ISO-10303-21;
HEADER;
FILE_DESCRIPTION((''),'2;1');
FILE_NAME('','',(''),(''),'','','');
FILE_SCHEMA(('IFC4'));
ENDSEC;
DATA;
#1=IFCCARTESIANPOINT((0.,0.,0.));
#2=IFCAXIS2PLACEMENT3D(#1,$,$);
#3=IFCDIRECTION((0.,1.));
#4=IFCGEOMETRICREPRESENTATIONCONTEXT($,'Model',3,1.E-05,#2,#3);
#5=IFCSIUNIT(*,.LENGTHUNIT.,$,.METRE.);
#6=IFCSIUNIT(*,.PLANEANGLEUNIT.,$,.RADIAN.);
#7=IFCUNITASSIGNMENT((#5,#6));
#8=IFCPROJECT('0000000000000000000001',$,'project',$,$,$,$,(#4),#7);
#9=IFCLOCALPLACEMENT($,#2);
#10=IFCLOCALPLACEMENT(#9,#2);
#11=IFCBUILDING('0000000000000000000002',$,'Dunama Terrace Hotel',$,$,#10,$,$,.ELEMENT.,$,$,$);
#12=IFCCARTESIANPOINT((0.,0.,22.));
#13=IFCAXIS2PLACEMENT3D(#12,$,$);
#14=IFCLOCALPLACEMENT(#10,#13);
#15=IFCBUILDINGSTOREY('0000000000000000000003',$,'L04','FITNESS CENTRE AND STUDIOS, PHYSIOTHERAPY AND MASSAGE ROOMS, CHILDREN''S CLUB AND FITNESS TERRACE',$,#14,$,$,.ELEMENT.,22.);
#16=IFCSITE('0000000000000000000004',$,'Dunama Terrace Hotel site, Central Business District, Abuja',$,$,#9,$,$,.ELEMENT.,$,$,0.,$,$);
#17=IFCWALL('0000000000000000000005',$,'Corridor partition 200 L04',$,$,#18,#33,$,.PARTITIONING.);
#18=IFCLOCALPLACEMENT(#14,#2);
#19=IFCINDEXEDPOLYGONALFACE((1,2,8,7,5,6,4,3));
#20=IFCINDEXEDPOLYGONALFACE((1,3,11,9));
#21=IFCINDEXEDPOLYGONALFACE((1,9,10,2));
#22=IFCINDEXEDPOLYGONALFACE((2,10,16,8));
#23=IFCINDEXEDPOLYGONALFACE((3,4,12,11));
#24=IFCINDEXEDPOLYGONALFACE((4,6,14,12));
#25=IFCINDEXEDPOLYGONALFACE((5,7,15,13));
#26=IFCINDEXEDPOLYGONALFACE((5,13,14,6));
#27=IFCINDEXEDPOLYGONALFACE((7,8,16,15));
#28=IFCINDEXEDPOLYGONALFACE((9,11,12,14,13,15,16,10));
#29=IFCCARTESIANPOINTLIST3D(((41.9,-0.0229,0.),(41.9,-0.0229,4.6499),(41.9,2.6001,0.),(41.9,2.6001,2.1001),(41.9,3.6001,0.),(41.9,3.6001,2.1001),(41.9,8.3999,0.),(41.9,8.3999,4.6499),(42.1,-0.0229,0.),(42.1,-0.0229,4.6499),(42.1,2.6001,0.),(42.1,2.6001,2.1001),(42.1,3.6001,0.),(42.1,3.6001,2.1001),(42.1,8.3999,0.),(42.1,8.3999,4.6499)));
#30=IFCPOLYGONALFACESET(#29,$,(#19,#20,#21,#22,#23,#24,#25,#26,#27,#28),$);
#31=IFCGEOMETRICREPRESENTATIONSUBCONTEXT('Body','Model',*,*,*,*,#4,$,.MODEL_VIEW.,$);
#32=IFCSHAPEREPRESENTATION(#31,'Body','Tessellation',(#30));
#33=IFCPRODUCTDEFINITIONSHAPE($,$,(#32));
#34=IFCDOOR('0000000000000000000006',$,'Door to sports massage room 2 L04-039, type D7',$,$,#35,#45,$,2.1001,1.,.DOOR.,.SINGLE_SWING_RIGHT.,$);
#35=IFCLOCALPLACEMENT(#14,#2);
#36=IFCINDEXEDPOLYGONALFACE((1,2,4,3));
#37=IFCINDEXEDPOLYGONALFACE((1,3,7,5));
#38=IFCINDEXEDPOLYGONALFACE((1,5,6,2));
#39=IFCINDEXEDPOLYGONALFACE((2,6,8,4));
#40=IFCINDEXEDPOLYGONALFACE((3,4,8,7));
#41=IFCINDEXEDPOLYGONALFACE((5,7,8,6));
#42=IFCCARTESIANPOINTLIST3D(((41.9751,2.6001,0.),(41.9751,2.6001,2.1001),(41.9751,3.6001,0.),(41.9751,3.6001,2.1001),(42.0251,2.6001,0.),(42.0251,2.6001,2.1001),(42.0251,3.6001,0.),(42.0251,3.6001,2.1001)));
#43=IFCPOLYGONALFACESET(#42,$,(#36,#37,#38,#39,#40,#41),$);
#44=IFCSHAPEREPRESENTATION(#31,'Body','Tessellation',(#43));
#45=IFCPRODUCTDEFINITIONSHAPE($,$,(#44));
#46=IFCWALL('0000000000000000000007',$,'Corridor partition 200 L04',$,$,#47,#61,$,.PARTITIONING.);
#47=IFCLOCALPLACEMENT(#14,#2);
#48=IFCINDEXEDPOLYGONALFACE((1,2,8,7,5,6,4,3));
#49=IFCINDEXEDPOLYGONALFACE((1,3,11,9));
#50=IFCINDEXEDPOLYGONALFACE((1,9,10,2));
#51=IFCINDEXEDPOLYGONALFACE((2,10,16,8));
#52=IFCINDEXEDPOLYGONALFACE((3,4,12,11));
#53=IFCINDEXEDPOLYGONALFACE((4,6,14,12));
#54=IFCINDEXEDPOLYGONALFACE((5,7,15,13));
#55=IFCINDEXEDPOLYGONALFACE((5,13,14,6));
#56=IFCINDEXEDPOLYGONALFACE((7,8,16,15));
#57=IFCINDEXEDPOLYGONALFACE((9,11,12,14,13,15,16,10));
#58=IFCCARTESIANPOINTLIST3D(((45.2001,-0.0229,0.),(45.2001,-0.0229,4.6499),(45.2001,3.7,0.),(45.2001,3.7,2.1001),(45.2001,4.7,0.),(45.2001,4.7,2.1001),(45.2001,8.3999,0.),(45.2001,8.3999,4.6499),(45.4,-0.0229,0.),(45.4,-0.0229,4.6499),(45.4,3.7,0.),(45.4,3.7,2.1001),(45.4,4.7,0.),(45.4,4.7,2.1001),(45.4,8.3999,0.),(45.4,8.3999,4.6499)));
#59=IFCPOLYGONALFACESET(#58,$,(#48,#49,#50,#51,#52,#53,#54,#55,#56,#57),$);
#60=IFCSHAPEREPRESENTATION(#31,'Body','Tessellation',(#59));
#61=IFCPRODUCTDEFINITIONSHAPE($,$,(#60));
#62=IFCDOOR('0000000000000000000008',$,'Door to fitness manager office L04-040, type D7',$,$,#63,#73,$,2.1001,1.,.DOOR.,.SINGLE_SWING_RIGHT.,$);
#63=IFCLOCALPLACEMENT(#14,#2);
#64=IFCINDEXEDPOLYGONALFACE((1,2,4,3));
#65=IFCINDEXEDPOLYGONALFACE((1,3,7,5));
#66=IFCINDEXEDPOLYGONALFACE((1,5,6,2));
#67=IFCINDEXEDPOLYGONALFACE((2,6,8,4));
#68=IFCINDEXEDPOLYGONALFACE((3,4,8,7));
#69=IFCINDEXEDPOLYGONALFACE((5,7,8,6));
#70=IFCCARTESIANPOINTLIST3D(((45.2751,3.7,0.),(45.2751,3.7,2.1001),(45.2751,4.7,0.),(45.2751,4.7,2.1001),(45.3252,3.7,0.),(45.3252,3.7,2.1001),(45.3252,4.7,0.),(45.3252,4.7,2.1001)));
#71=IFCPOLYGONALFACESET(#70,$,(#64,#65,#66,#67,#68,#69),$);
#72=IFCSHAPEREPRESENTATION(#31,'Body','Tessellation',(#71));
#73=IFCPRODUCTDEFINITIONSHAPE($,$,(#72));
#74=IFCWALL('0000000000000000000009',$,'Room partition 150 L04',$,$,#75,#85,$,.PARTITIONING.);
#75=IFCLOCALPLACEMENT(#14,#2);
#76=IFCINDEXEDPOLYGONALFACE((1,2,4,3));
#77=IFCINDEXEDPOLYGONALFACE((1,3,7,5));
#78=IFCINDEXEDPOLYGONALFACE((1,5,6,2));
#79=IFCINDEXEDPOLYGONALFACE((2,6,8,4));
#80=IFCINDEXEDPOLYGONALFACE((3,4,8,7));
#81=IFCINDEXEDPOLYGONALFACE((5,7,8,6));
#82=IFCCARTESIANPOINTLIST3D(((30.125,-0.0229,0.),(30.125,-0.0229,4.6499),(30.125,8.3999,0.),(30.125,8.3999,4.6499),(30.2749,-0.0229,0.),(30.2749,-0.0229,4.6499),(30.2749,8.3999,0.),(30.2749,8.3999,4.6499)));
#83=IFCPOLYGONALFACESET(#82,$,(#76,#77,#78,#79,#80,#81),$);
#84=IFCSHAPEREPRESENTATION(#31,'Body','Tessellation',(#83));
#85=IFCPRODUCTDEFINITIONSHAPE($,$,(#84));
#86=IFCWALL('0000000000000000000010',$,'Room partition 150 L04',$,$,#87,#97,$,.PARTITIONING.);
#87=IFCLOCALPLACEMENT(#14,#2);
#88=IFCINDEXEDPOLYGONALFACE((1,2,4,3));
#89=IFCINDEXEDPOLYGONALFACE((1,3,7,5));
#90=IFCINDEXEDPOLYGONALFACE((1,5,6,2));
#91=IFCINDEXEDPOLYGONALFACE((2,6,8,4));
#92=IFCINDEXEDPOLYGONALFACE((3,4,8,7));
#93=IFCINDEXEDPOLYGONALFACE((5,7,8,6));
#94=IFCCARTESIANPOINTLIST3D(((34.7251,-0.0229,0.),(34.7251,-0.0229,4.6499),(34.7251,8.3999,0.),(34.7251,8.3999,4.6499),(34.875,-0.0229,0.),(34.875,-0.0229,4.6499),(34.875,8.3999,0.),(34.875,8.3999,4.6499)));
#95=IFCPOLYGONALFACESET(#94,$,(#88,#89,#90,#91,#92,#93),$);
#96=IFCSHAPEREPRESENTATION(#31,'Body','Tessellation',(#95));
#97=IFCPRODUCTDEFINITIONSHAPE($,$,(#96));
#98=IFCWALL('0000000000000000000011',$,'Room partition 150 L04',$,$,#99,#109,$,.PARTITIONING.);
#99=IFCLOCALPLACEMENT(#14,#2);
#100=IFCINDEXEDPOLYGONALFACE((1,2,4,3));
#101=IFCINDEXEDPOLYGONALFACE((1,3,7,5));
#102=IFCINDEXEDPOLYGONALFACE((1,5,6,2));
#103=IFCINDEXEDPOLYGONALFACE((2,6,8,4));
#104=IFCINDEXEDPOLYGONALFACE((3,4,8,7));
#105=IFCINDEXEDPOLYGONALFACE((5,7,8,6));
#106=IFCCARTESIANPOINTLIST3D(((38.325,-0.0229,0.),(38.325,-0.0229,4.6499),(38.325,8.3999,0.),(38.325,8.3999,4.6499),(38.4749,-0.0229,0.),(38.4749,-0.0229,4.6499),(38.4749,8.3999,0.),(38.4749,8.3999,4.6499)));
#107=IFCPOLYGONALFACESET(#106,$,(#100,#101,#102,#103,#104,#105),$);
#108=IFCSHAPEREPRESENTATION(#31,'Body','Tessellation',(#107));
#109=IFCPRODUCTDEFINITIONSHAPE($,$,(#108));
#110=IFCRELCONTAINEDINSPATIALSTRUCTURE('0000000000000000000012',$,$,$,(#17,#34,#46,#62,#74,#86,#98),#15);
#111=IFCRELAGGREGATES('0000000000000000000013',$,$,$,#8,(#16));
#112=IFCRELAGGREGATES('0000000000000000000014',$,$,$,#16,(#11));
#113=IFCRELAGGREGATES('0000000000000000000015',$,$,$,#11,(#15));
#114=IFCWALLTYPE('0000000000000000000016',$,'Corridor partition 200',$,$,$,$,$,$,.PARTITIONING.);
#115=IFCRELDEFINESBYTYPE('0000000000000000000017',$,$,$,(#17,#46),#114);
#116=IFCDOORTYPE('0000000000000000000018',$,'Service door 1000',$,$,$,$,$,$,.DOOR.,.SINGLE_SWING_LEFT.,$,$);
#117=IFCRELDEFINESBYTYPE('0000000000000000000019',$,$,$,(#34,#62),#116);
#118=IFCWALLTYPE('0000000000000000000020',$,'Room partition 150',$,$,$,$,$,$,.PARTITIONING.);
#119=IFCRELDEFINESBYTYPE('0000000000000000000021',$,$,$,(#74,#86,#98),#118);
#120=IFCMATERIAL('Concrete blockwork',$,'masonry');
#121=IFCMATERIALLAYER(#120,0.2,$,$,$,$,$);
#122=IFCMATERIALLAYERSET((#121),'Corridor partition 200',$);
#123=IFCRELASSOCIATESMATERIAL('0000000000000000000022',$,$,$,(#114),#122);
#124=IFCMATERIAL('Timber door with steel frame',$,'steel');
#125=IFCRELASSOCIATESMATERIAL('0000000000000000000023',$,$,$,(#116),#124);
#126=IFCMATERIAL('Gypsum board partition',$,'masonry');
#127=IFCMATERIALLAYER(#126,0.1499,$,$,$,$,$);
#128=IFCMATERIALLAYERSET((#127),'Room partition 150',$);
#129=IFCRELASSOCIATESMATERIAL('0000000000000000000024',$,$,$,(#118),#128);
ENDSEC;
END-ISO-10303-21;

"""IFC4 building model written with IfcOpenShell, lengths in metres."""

from ifc_helpers import new_model, si_unit, direction, frame, frame_2d, origin, place, context, subcontext, project, spatial, rectangle, extrude, material, layer, layer_set, type_object, element, fill, save


model = new_model("IFC4")

# Units and contexts
model_context = context("Model", 3, precision=1e-05, world=origin(), true_north=direction((0.0, 1.0)))
body_context = subcontext(model_context, "Body", "Model", "MODEL_VIEW")
ifc_project = project(units=[si_unit("LENGTHUNIT", "METRE"), si_unit("PLANEANGLEUNIT", "RADIAN")], contexts=[model_context])

# Site, building, storey
site_placement = place(None, origin())
site = spatial("IfcSite", under=ifc_project, at=site_placement, Name="Dunama Terrace Hotel site, Central Business District, Abuja", CompositionType="ELEMENT", RefElevation=0.0)
building_placement = place(site_placement, origin())
building = spatial("IfcBuilding", under=site, at=building_placement, Name="Dunama Terrace Hotel", CompositionType="ELEMENT")
storey_placement = place(building_placement, frame((0.0, 0.0, 22.0)))
storey = spatial("IfcBuildingStorey", under=building, at=storey_placement, Name="L04", Description="FITNESS CENTRE AND STUDIOS, PHYSIOTHERAPY AND MASSAGE ROOMS, CHILDREN'S CLUB AND FITNESS TERRACE", CompositionType="ELEMENT", Elevation=22.0)

# Walls, openings, doors
ifc_material_1 = material(Name="Concrete blockwork", Category="masonry")
ifc_layer_1 = layer(ifc_material_1, 0.2)
ifc_layer_set_1 = layer_set([ifc_layer_1], Name="Corridor partition 200")
wall_type_1 = type_object("IfcWallType", Name="Corridor partition 200", PredefinedType="PARTITIONING", material=ifc_layer_set_1)
wall_1_placement = place(storey_placement, frame((42.0, -0.0229, 0.0), z_axis=(0.0, 0.0, 1.0), x_axis=(0.0, 1.0, 0.0)))
wall_1 = element("IfcWall", 1, at=wall_1_placement, inside=storey, type_object=wall_type_1, Name="Corridor partition 200 L04", PredefinedType="PARTITIONING", context=body_context, shape_type="SweptSolid", body=[
    extrude(rectangle(XDim=8.4229, YDim=0.2, at=frame_2d((4.2114, 0.0))), origin(), (0.0, 0.0, 1.0), 4.6499),
])
opening_1_placement = place(wall_1_placement, frame((2.623, 0.0, 0.0)))
opening_1 = element("IfcOpeningElement", 2, at=opening_1_placement, cuts=wall_1, PredefinedType="OPENING", context=body_context, shape_type="SweptSolid", body=[
    extrude(rectangle(XDim=1.0, YDim=2.1001, at=frame_2d((0.5, 1.05))), frame((0.0, 0.1099, 0.0), z_axis=(0.0, -1.0, 0.0), x_axis=(1.0, 0.0, 0.0)), (0.0, 0.0, 1.0), 0.22),
])
ifc_material_2 = material(Name="Timber door with steel frame", Category="steel")
door_type = type_object("IfcDoorType", Name="Service door 1000", OperationType="SINGLE_SWING_LEFT", PredefinedType="DOOR", material=ifc_material_2)
door_1_placement = place(opening_1_placement, origin())
door_1 = element("IfcDoor", 3, at=door_1_placement, inside=storey, type_object=door_type, Name="Door to sports massage room 2 L04-039, type D7", OperationType="SINGLE_SWING_RIGHT", OverallHeight=2.1001, OverallWidth=1.0, PredefinedType="DOOR", context=body_context, shape_type="SweptSolid", body=[
    extrude(rectangle(XDim=1.0, YDim=2.1001, at=frame_2d((0.5, 1.05))), frame((0.0, 0.0249, 0.0), z_axis=(0.0, -1.0, 0.0), x_axis=(1.0, 0.0, 0.0)), (0.0, 0.0, 1.0), 0.05),
])
fill(opening_1, door_1)
wall_2_placement = place(storey_placement, frame((45.3, -0.0229, 0.0), z_axis=(0.0, 0.0, 1.0), x_axis=(0.0, 1.0, 0.0)))
wall_2 = element("IfcWall", 4, at=wall_2_placement, inside=storey, type_object=wall_type_1, Name="Corridor partition 200 L04", PredefinedType="PARTITIONING", context=body_context, shape_type="SweptSolid", body=[
    extrude(rectangle(XDim=8.4229, YDim=0.2, at=frame_2d((4.2114, 0.0))), origin(), (0.0, 0.0, 1.0), 4.6499),
])
opening_2_placement = place(wall_2_placement, frame((3.7229, 0.0, 0.0)))
opening_2 = element("IfcOpeningElement", 5, at=opening_2_placement, cuts=wall_2, PredefinedType="OPENING", context=body_context, shape_type="SweptSolid", body=[
    extrude(rectangle(XDim=1.0, YDim=2.1001, at=frame_2d((0.5, 1.05))), frame((0.0, 0.1099, 0.0), z_axis=(0.0, -1.0, 0.0), x_axis=(1.0, 0.0, 0.0)), (0.0, 0.0, 1.0), 0.22),
])
door_2_placement = place(opening_2_placement, frame((1.0, 0.0, 0.0), z_axis=(0.0, 0.0, 1.0), x_axis=(-1.0, 0.0, 0.0)))
door_2 = element("IfcDoor", 6, at=door_2_placement, inside=storey, type_object=door_type, Name="Door to fitness manager office L04-040, type D7", OperationType="SINGLE_SWING_RIGHT", OverallHeight=2.1001, OverallWidth=1.0, PredefinedType="DOOR", context=body_context, shape_type="SweptSolid", body=[
    extrude(rectangle(XDim=1.0, YDim=2.1001, at=frame_2d((0.5, 1.05))), frame((0.0, 0.0251, 0.0), z_axis=(0.0, -1.0, 0.0), x_axis=(1.0, 0.0, 0.0)), (0.0, 0.0, 1.0), 0.05),
])
fill(opening_2, door_2)

# Walls
ifc_material_3 = material(Name="Gypsum board partition", Category="masonry")
ifc_layer_2 = layer(ifc_material_3, 0.1499)
ifc_layer_set_2 = layer_set([ifc_layer_2], Name="Room partition 150")
wall_type_2 = type_object("IfcWallType", Name="Room partition 150", PredefinedType="PARTITIONING", material=ifc_layer_set_2)
for number, where, z_axis, x_axis, name in (
    (7, (30.2, -0.0229, 0.0), (0.0, 0.0, 1.0), (0.0, 1.0, 0.0), "Room partition 150 L04"),
    (8, (34.8, -0.0229, 0.0), (0.0, 0.0, 1.0), (0.0, 1.0, 0.0), "Room partition 150 L04"),
    (9, (38.3999, -0.0229, 0.0), (0.0, 0.0, 1.0), (0.0, 1.0, 0.0), "Room partition 150 L04"),
):
    element("IfcWall", number, at=place(storey_placement, frame(where, z_axis=z_axis, x_axis=x_axis)), inside=storey, type_object=wall_type_2, Name=name, PredefinedType="PARTITIONING", context=body_context, shape_type="SweptSolid", body=[
        extrude(rectangle(XDim=8.4229, YDim=0.1499, at=frame_2d((4.2114, 0.0))), origin(), (0.0, 0.0, 1.0), 4.6499),
    ])

save(model, "model.ifc")
